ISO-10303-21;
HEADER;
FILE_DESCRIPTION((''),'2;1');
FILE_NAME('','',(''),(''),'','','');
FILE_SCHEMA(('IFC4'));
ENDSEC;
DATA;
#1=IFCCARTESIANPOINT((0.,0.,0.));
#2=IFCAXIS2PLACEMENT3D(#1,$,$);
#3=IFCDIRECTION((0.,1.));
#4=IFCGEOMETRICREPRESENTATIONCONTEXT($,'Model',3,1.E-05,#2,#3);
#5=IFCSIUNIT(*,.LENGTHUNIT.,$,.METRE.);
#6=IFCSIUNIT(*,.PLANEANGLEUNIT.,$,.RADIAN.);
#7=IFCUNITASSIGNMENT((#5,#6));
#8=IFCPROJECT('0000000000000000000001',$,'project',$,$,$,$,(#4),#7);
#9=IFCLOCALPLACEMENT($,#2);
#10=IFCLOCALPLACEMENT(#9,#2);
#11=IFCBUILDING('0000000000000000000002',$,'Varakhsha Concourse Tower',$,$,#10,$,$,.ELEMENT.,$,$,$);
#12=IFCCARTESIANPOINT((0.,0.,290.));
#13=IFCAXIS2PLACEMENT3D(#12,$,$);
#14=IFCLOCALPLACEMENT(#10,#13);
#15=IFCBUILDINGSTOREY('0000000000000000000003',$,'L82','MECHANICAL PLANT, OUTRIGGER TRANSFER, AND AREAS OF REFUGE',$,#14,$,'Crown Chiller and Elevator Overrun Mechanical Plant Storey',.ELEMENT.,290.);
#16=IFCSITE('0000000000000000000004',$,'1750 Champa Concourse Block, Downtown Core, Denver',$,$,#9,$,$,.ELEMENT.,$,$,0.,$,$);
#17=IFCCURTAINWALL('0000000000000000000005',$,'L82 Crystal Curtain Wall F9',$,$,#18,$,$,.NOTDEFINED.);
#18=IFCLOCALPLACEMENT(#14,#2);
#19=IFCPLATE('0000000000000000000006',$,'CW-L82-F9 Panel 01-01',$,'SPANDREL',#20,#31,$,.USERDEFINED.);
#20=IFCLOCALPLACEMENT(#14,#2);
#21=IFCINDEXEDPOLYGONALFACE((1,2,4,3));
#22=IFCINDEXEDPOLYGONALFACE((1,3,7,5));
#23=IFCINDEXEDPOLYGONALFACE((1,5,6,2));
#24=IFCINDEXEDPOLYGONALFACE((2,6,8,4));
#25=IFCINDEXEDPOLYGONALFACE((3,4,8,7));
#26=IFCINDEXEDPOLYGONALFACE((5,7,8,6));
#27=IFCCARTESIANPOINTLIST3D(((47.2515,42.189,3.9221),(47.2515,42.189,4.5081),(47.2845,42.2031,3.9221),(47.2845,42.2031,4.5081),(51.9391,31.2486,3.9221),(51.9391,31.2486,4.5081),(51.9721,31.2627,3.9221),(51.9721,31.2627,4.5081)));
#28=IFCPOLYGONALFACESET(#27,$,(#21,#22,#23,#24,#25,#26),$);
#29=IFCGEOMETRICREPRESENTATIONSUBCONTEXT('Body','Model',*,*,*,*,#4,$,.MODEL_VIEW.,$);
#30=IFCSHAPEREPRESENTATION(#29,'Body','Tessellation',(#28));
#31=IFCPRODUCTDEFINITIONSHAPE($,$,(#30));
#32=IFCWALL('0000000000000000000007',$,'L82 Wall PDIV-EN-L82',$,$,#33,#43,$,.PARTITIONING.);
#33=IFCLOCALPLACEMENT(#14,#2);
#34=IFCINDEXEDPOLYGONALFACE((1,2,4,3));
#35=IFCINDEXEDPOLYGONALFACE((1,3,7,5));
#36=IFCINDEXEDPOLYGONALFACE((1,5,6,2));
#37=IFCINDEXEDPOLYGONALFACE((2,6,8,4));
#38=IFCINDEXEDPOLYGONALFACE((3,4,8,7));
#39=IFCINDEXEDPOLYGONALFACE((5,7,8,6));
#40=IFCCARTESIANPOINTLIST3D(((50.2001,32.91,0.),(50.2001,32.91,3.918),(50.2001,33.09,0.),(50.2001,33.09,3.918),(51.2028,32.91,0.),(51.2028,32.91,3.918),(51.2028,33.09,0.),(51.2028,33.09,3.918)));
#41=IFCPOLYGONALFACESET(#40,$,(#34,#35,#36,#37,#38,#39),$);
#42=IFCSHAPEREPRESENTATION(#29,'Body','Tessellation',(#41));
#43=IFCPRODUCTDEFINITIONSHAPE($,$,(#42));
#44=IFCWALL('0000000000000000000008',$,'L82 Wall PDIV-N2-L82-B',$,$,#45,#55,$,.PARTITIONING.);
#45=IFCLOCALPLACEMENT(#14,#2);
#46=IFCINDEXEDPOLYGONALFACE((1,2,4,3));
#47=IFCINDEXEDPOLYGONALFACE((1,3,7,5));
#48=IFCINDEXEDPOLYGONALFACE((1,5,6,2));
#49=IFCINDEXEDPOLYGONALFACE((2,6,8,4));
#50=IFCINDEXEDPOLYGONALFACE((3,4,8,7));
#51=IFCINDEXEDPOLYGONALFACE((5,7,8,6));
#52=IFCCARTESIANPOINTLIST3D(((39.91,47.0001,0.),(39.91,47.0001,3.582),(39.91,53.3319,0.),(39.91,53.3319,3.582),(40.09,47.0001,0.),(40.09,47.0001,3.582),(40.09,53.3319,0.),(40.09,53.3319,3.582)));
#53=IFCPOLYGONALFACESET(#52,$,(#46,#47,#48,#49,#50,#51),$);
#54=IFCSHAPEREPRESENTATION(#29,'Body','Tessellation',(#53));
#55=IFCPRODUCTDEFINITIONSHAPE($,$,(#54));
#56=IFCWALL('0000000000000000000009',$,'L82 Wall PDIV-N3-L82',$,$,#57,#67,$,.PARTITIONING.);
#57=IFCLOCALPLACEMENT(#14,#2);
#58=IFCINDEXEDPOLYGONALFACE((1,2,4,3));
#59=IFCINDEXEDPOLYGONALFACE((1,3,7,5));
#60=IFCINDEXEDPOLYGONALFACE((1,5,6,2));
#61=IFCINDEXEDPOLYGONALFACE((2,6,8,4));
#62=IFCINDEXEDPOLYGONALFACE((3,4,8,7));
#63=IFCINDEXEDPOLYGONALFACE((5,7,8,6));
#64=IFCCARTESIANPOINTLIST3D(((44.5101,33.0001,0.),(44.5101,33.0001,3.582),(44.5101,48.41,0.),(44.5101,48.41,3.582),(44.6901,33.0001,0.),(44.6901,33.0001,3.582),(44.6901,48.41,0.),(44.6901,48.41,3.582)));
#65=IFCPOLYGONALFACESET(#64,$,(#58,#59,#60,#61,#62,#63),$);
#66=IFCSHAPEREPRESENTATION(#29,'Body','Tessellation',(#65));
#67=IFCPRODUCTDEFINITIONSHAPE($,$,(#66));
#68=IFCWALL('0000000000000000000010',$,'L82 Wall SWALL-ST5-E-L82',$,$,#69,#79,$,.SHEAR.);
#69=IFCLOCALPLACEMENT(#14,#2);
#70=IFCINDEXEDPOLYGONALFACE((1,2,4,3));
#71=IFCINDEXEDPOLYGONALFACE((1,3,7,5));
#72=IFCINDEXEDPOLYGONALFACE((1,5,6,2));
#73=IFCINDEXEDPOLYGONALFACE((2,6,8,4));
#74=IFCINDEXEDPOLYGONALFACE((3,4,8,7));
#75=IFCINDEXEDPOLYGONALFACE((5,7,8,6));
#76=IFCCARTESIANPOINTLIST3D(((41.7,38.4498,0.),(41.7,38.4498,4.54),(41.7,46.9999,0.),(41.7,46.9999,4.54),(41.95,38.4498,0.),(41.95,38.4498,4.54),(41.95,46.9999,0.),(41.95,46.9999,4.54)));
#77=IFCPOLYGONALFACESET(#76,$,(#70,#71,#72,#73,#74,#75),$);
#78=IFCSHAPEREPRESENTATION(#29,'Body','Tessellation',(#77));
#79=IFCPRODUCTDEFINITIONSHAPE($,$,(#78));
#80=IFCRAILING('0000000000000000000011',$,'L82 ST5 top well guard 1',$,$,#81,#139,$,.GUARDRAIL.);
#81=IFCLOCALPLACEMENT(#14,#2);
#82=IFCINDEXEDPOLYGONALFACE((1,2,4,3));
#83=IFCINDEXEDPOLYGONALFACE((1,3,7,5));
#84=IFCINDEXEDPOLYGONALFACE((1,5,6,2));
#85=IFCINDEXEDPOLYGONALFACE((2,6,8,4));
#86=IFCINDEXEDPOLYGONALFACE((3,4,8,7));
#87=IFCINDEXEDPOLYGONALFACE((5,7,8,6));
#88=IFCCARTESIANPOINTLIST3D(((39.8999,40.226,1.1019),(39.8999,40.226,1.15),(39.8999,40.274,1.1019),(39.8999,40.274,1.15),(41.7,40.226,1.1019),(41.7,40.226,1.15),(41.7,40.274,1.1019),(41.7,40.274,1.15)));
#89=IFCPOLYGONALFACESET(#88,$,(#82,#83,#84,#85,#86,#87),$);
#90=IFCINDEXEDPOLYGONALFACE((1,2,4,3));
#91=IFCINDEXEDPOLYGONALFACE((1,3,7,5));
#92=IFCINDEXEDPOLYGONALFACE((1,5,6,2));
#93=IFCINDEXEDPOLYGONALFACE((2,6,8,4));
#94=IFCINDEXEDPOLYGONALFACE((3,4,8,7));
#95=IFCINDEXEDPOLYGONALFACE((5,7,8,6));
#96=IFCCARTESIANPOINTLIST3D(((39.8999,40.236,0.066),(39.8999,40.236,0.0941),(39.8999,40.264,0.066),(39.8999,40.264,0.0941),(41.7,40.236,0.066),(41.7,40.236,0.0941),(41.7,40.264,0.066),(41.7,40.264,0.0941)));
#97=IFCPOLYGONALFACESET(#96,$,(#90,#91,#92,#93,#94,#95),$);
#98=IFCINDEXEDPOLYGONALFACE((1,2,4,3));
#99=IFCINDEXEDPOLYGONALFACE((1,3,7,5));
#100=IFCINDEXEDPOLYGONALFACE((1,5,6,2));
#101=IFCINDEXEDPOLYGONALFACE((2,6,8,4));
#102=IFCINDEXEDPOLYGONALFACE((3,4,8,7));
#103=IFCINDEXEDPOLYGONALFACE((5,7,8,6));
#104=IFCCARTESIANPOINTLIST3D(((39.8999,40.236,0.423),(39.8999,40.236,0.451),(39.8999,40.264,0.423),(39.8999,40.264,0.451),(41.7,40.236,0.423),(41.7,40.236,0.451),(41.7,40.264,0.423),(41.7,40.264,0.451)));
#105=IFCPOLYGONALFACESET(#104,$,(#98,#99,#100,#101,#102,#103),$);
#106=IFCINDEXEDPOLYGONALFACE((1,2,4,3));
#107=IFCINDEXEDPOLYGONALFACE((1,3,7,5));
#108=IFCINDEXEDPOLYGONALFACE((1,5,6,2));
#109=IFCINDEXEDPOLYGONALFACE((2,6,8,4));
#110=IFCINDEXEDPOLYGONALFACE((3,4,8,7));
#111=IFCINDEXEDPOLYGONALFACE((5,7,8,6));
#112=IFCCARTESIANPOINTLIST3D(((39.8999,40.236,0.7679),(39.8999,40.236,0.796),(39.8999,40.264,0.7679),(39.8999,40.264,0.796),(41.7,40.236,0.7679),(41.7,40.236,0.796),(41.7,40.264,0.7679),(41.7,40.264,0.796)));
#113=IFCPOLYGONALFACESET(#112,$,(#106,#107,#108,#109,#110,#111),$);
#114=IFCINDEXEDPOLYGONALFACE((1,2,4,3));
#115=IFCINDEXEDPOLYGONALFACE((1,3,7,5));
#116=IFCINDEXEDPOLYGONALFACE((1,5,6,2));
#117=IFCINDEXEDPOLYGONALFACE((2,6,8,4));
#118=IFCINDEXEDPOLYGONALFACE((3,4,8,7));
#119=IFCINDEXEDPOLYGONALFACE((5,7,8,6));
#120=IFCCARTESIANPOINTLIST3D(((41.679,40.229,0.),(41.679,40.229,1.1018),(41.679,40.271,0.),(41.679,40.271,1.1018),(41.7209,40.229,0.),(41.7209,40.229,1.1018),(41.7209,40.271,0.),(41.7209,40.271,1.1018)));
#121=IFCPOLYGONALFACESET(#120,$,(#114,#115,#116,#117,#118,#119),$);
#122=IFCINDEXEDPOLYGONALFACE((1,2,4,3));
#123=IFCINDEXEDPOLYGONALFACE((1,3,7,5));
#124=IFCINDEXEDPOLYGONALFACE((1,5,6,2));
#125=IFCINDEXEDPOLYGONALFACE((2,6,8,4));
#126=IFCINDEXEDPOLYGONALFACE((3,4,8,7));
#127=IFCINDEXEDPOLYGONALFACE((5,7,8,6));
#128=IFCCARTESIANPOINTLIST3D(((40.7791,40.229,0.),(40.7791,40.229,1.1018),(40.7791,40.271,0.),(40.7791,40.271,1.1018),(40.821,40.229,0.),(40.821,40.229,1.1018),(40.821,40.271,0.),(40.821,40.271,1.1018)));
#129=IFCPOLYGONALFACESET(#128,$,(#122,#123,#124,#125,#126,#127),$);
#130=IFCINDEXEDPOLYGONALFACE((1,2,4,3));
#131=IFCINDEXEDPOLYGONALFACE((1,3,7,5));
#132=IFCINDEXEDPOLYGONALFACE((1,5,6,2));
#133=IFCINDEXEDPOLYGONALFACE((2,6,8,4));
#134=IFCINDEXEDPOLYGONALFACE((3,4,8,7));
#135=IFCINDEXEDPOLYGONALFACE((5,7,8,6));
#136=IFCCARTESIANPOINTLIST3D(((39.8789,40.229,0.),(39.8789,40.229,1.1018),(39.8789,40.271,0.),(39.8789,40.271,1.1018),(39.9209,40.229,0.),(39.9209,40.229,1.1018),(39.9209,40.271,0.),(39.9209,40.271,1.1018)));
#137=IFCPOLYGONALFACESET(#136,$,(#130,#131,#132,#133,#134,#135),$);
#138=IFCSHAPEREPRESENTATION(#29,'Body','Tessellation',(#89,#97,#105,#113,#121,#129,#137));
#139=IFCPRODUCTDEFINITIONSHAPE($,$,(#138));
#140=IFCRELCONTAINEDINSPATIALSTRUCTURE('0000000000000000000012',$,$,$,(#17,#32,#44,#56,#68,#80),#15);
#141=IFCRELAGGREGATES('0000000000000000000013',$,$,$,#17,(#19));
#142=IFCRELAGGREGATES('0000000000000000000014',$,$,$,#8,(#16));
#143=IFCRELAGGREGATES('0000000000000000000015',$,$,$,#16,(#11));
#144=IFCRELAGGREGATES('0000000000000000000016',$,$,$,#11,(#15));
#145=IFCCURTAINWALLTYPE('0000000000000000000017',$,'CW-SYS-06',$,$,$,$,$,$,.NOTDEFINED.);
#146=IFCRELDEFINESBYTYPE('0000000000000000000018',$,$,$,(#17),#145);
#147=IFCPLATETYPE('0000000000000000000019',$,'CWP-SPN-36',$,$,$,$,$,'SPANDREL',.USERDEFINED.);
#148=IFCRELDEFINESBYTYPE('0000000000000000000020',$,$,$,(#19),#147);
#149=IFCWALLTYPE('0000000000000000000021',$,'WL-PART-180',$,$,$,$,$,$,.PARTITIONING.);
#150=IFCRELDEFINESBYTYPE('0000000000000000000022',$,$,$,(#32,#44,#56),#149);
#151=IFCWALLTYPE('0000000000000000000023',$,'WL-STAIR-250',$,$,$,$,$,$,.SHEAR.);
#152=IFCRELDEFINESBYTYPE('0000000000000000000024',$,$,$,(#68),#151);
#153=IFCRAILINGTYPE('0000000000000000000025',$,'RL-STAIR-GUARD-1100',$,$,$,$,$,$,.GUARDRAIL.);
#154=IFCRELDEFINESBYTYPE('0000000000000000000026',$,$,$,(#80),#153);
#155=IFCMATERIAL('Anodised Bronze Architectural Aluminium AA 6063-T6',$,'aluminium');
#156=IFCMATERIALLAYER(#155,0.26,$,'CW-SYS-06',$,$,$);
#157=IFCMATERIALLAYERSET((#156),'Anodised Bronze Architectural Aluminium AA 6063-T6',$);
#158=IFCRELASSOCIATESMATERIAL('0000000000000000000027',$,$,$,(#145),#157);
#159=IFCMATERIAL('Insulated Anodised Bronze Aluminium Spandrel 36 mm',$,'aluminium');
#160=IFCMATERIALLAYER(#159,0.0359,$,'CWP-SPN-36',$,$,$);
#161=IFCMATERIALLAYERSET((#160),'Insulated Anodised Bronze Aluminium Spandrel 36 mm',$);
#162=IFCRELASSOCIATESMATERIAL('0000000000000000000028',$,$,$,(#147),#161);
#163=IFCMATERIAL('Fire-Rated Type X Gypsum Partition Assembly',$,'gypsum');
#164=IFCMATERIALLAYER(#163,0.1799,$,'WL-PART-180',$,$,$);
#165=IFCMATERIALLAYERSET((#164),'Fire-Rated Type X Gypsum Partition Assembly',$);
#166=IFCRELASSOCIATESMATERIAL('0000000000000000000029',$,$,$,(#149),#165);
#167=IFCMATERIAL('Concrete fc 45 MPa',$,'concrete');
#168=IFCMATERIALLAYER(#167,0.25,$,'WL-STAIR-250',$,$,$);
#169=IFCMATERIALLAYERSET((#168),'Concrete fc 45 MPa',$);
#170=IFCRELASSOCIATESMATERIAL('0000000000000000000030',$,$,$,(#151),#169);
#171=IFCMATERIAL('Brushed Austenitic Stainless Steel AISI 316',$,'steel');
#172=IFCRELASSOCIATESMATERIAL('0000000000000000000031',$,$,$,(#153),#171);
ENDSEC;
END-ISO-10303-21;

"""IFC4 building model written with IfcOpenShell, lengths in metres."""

from ifc_helpers import new_model, si_unit, direction, frame, frame_2d, origin, origin_2d, place, context, subcontext, project, spatial, rectangle, extrude, source, transform, mapped, material, layer, layer_set, type_object, element, aggregate, save


model = new_model("IFC4")

# Units and contexts
model_context = context("Model", 3, precision=1e-05, world=origin(), true_north=direction((0.0, 1.0)))
body_context = subcontext(model_context, "Body", "Model", "MODEL_VIEW")
ifc_project = project(units=[si_unit("LENGTHUNIT", "METRE"), si_unit("PLANEANGLEUNIT", "RADIAN")], contexts=[model_context])

# Site, building, storey
site_placement = place(None, origin())
site = spatial("IfcSite", under=ifc_project, at=site_placement, Name="1750 Champa Concourse Block, Downtown Core, Denver", CompositionType="ELEMENT", RefElevation=0.0)
building_placement = place(site_placement, origin())
building = spatial("IfcBuilding", under=site, at=building_placement, Name="Varakhsha Concourse Tower", CompositionType="ELEMENT")
storey_placement = place(building_placement, frame((0.0, 0.0, 290.0)))
storey = spatial("IfcBuildingStorey", under=building, at=storey_placement, Name="L82", Description="MECHANICAL PLANT, OUTRIGGER TRANSFER, AND AREAS OF REFUGE", LongName="Crown Chiller and Elevator Overrun Mechanical Plant Storey", CompositionType="ELEMENT", Elevation=290.0)

# Shared definitions
ifc_material_1 = material(Name="Anodised Bronze Architectural Aluminium AA 6063-T6", Category="aluminium")
ifc_layer_1 = layer(ifc_material_1, 0.26, Name="CW-SYS-06")
ifc_layer_set_1 = layer_set([ifc_layer_1], Name="Anodised Bronze Architectural Aluminium AA 6063-T6")
curtain_wall_type = type_object("IfcCurtainWallType", Name="CW-SYS-06", PredefinedType="NOTDEFINED", material=ifc_layer_set_1)

# Curtain wall
curtain_wall_1_placement = place(storey_placement, origin())
curtain_wall_1 = element("IfcCurtainWall", 1, at=curtain_wall_1_placement, inside=storey, type_object=curtain_wall_type, Name="L82 Crystal Curtain Wall F9", PredefinedType="NOTDEFINED")

# Plate
ifc_material_2 = material(Name="Insulated Anodised Bronze Aluminium Spandrel 36 mm", Category="aluminium")
ifc_layer_2 = layer(ifc_material_2, 0.0359, Name="CWP-SPN-36")
ifc_layer_set_2 = layer_set([ifc_layer_2], Name="Insulated Anodised Bronze Aluminium Spandrel 36 mm")
plate_type_1 = type_object("IfcPlateType", Name="CWP-SPN-36", ElementType="SPANDREL", PredefinedType="USERDEFINED", material=ifc_layer_set_2)
shared_shape_1 = source(origin(), body_context, "Body", "SweptSolid", [
    extrude(rectangle(XDim=11.9023, YDim=0.0359, at=origin_2d()), origin(), (0.0, 0.0, 1.0), 0.5859),
])
plate_1_placement = place(storey_placement, frame((49.6118, 36.7258, 3.9221), z_axis=(0.0, 0.0, 1.0), x_axis=(0.393839, -0.919179, 0.0)))
plate_1 = element("IfcPlate", 2, at=plate_1_placement, type_object=plate_type_1, Name="CW-L82-F9 Panel 01-01", ObjectType="SPANDREL", PredefinedType="USERDEFINED", context=body_context, shape_type="MappedRepresentation", body=[
    mapped(shared_shape_1, transform((0.0, 0.0, 0.0), scale=1.0)),
])
aggregate(curtain_wall_1, [plate_1])

# Walls
ifc_material_3 = material(Name="Fire-Rated Type X Gypsum Partition Assembly", Category="gypsum")
ifc_layer_3 = layer(ifc_material_3, 0.1799, Name="WL-PART-180")
ifc_layer_set_3 = layer_set([ifc_layer_3], Name="Fire-Rated Type X Gypsum Partition Assembly")
wall_type_1 = type_object("IfcWallType", Name="WL-PART-180", PredefinedType="PARTITIONING", material=ifc_layer_set_3)
wall_1_placement = place(storey_placement, frame((50.2, 33.0, 0.0), z_axis=(0.0, 0.0, 1.0), x_axis=(1.0, 0.0, 0.0)))
element("IfcWall", 3, at=wall_1_placement, inside=storey, type_object=wall_type_1, Name="L82 Wall PDIV-EN-L82", PredefinedType="PARTITIONING", context=body_context, shape_type="SweptSolid", body=[
    extrude(rectangle(XDim=1.0027, YDim=0.1799, at=frame_2d((0.5015, 0.0))), origin(), (0.0, 0.0, 1.0), 3.918),
])
wall_2_placement = place(storey_placement, frame((40.0, 47.0, 0.0), z_axis=(0.0, 0.0, 1.0), x_axis=(0.0, 1.0, 0.0)))
element("IfcWall", 4, at=wall_2_placement, inside=storey, type_object=wall_type_1, Name="L82 Wall PDIV-N2-L82-B", PredefinedType="PARTITIONING", context=body_context, shape_type="SweptSolid", body=[
    extrude(rectangle(XDim=6.3318, YDim=0.1799, at=frame_2d((3.166, 0.0))), origin(), (0.0, 0.0, 1.0), 3.582),
])
wall_3_placement = place(storey_placement, frame((44.6001, 33.0, 0.0), z_axis=(0.0, 0.0, 1.0), x_axis=(0.0, 1.0, 0.0)))
element("IfcWall", 5, at=wall_3_placement, inside=storey, type_object=wall_type_1, Name="L82 Wall PDIV-N3-L82", PredefinedType="PARTITIONING", context=body_context, shape_type="SweptSolid", body=[
    extrude(rectangle(XDim=15.4099, YDim=0.1799, at=frame_2d((7.7051, 0.0))), origin(), (0.0, 0.0, 1.0), 3.582),
])
ifc_material_4 = material(Name="Concrete fc 45 MPa", Category="concrete")
ifc_layer_4 = layer(ifc_material_4, 0.25, Name="WL-STAIR-250")
ifc_layer_set_4 = layer_set([ifc_layer_4], Name="Concrete fc 45 MPa")
wall_type_2 = type_object("IfcWallType", Name="WL-STAIR-250", PredefinedType="SHEAR", material=ifc_layer_set_4)
wall_4_placement = place(storey_placement, frame((41.825, 38.45, 0.0), z_axis=(0.0, 0.0, 1.0), x_axis=(0.0, 1.0, 0.0)))
element("IfcWall", 6, at=wall_4_placement, inside=storey, type_object=wall_type_2, Name="L82 Wall SWALL-ST5-E-L82", PredefinedType="SHEAR", context=body_context, shape_type="SweptSolid", body=[
    extrude(rectangle(XDim=8.55, YDim=0.25, at=frame_2d((4.2749, 0.0))), origin(), (0.0, 0.0, 1.0), 4.54),
])

# Railing
ifc_material_5 = material(Name="Brushed Austenitic Stainless Steel AISI 316", Category="steel")
railing_type = type_object("IfcRailingType", Name="RL-STAIR-GUARD-1100", PredefinedType="GUARDRAIL", material=ifc_material_5)
railing_placement = place(storey_placement, frame((41.7, 40.25, 0.0)))
element("IfcRailing", 7, at=railing_placement, inside=storey, type_object=railing_type, Name="L82 ST5 top well guard 1", PredefinedType="GUARDRAIL", context=body_context, shape_type="SweptSolid", body=[
    extrude(rectangle(XDim=0.0481, YDim=0.0481, at=origin_2d()), frame((0.0, 0.0, 1.126), z_axis=(-1.0, 0.0, 0.0), x_axis=(0.0, -1.0, 0.0)), (0.0, 0.0, 1.0), 1.8),
    extrude(rectangle(XDim=0.0281, YDim=0.0281, at=origin_2d()), frame((0.0, 0.0, 0.0801), z_axis=(-1.0, 0.0, 0.0), x_axis=(0.0, -1.0, 0.0)), (0.0, 0.0, 1.0), 1.8),
    extrude(rectangle(XDim=0.0281, YDim=0.0281, at=origin_2d()), frame((0.0, 0.0, 0.437), z_axis=(-1.0, 0.0, 0.0), x_axis=(0.0, -1.0, 0.0)), (0.0, 0.0, 1.0), 1.8),
    extrude(rectangle(XDim=0.0281, YDim=0.0281, at=origin_2d()), frame((0.0, 0.0, 0.782), z_axis=(-1.0, 0.0, 0.0), x_axis=(0.0, -1.0, 0.0)), (0.0, 0.0, 1.0), 1.8),
    extrude(rectangle(XDim=0.042, YDim=0.042, at=origin_2d()), origin(), (0.0, 0.0, 1.0), 1.1018),
    extrude(rectangle(XDim=0.042, YDim=0.042, at=origin_2d()), frame((-0.8999, 0.0, 0.0)), (0.0, 0.0, 1.0), 1.1018),
    extrude(rectangle(XDim=0.042, YDim=0.042, at=origin_2d()), frame((-1.8, 0.0, 0.0)), (0.0, 0.0, 1.0), 1.1018),
])

save(model, "model.ifc")
